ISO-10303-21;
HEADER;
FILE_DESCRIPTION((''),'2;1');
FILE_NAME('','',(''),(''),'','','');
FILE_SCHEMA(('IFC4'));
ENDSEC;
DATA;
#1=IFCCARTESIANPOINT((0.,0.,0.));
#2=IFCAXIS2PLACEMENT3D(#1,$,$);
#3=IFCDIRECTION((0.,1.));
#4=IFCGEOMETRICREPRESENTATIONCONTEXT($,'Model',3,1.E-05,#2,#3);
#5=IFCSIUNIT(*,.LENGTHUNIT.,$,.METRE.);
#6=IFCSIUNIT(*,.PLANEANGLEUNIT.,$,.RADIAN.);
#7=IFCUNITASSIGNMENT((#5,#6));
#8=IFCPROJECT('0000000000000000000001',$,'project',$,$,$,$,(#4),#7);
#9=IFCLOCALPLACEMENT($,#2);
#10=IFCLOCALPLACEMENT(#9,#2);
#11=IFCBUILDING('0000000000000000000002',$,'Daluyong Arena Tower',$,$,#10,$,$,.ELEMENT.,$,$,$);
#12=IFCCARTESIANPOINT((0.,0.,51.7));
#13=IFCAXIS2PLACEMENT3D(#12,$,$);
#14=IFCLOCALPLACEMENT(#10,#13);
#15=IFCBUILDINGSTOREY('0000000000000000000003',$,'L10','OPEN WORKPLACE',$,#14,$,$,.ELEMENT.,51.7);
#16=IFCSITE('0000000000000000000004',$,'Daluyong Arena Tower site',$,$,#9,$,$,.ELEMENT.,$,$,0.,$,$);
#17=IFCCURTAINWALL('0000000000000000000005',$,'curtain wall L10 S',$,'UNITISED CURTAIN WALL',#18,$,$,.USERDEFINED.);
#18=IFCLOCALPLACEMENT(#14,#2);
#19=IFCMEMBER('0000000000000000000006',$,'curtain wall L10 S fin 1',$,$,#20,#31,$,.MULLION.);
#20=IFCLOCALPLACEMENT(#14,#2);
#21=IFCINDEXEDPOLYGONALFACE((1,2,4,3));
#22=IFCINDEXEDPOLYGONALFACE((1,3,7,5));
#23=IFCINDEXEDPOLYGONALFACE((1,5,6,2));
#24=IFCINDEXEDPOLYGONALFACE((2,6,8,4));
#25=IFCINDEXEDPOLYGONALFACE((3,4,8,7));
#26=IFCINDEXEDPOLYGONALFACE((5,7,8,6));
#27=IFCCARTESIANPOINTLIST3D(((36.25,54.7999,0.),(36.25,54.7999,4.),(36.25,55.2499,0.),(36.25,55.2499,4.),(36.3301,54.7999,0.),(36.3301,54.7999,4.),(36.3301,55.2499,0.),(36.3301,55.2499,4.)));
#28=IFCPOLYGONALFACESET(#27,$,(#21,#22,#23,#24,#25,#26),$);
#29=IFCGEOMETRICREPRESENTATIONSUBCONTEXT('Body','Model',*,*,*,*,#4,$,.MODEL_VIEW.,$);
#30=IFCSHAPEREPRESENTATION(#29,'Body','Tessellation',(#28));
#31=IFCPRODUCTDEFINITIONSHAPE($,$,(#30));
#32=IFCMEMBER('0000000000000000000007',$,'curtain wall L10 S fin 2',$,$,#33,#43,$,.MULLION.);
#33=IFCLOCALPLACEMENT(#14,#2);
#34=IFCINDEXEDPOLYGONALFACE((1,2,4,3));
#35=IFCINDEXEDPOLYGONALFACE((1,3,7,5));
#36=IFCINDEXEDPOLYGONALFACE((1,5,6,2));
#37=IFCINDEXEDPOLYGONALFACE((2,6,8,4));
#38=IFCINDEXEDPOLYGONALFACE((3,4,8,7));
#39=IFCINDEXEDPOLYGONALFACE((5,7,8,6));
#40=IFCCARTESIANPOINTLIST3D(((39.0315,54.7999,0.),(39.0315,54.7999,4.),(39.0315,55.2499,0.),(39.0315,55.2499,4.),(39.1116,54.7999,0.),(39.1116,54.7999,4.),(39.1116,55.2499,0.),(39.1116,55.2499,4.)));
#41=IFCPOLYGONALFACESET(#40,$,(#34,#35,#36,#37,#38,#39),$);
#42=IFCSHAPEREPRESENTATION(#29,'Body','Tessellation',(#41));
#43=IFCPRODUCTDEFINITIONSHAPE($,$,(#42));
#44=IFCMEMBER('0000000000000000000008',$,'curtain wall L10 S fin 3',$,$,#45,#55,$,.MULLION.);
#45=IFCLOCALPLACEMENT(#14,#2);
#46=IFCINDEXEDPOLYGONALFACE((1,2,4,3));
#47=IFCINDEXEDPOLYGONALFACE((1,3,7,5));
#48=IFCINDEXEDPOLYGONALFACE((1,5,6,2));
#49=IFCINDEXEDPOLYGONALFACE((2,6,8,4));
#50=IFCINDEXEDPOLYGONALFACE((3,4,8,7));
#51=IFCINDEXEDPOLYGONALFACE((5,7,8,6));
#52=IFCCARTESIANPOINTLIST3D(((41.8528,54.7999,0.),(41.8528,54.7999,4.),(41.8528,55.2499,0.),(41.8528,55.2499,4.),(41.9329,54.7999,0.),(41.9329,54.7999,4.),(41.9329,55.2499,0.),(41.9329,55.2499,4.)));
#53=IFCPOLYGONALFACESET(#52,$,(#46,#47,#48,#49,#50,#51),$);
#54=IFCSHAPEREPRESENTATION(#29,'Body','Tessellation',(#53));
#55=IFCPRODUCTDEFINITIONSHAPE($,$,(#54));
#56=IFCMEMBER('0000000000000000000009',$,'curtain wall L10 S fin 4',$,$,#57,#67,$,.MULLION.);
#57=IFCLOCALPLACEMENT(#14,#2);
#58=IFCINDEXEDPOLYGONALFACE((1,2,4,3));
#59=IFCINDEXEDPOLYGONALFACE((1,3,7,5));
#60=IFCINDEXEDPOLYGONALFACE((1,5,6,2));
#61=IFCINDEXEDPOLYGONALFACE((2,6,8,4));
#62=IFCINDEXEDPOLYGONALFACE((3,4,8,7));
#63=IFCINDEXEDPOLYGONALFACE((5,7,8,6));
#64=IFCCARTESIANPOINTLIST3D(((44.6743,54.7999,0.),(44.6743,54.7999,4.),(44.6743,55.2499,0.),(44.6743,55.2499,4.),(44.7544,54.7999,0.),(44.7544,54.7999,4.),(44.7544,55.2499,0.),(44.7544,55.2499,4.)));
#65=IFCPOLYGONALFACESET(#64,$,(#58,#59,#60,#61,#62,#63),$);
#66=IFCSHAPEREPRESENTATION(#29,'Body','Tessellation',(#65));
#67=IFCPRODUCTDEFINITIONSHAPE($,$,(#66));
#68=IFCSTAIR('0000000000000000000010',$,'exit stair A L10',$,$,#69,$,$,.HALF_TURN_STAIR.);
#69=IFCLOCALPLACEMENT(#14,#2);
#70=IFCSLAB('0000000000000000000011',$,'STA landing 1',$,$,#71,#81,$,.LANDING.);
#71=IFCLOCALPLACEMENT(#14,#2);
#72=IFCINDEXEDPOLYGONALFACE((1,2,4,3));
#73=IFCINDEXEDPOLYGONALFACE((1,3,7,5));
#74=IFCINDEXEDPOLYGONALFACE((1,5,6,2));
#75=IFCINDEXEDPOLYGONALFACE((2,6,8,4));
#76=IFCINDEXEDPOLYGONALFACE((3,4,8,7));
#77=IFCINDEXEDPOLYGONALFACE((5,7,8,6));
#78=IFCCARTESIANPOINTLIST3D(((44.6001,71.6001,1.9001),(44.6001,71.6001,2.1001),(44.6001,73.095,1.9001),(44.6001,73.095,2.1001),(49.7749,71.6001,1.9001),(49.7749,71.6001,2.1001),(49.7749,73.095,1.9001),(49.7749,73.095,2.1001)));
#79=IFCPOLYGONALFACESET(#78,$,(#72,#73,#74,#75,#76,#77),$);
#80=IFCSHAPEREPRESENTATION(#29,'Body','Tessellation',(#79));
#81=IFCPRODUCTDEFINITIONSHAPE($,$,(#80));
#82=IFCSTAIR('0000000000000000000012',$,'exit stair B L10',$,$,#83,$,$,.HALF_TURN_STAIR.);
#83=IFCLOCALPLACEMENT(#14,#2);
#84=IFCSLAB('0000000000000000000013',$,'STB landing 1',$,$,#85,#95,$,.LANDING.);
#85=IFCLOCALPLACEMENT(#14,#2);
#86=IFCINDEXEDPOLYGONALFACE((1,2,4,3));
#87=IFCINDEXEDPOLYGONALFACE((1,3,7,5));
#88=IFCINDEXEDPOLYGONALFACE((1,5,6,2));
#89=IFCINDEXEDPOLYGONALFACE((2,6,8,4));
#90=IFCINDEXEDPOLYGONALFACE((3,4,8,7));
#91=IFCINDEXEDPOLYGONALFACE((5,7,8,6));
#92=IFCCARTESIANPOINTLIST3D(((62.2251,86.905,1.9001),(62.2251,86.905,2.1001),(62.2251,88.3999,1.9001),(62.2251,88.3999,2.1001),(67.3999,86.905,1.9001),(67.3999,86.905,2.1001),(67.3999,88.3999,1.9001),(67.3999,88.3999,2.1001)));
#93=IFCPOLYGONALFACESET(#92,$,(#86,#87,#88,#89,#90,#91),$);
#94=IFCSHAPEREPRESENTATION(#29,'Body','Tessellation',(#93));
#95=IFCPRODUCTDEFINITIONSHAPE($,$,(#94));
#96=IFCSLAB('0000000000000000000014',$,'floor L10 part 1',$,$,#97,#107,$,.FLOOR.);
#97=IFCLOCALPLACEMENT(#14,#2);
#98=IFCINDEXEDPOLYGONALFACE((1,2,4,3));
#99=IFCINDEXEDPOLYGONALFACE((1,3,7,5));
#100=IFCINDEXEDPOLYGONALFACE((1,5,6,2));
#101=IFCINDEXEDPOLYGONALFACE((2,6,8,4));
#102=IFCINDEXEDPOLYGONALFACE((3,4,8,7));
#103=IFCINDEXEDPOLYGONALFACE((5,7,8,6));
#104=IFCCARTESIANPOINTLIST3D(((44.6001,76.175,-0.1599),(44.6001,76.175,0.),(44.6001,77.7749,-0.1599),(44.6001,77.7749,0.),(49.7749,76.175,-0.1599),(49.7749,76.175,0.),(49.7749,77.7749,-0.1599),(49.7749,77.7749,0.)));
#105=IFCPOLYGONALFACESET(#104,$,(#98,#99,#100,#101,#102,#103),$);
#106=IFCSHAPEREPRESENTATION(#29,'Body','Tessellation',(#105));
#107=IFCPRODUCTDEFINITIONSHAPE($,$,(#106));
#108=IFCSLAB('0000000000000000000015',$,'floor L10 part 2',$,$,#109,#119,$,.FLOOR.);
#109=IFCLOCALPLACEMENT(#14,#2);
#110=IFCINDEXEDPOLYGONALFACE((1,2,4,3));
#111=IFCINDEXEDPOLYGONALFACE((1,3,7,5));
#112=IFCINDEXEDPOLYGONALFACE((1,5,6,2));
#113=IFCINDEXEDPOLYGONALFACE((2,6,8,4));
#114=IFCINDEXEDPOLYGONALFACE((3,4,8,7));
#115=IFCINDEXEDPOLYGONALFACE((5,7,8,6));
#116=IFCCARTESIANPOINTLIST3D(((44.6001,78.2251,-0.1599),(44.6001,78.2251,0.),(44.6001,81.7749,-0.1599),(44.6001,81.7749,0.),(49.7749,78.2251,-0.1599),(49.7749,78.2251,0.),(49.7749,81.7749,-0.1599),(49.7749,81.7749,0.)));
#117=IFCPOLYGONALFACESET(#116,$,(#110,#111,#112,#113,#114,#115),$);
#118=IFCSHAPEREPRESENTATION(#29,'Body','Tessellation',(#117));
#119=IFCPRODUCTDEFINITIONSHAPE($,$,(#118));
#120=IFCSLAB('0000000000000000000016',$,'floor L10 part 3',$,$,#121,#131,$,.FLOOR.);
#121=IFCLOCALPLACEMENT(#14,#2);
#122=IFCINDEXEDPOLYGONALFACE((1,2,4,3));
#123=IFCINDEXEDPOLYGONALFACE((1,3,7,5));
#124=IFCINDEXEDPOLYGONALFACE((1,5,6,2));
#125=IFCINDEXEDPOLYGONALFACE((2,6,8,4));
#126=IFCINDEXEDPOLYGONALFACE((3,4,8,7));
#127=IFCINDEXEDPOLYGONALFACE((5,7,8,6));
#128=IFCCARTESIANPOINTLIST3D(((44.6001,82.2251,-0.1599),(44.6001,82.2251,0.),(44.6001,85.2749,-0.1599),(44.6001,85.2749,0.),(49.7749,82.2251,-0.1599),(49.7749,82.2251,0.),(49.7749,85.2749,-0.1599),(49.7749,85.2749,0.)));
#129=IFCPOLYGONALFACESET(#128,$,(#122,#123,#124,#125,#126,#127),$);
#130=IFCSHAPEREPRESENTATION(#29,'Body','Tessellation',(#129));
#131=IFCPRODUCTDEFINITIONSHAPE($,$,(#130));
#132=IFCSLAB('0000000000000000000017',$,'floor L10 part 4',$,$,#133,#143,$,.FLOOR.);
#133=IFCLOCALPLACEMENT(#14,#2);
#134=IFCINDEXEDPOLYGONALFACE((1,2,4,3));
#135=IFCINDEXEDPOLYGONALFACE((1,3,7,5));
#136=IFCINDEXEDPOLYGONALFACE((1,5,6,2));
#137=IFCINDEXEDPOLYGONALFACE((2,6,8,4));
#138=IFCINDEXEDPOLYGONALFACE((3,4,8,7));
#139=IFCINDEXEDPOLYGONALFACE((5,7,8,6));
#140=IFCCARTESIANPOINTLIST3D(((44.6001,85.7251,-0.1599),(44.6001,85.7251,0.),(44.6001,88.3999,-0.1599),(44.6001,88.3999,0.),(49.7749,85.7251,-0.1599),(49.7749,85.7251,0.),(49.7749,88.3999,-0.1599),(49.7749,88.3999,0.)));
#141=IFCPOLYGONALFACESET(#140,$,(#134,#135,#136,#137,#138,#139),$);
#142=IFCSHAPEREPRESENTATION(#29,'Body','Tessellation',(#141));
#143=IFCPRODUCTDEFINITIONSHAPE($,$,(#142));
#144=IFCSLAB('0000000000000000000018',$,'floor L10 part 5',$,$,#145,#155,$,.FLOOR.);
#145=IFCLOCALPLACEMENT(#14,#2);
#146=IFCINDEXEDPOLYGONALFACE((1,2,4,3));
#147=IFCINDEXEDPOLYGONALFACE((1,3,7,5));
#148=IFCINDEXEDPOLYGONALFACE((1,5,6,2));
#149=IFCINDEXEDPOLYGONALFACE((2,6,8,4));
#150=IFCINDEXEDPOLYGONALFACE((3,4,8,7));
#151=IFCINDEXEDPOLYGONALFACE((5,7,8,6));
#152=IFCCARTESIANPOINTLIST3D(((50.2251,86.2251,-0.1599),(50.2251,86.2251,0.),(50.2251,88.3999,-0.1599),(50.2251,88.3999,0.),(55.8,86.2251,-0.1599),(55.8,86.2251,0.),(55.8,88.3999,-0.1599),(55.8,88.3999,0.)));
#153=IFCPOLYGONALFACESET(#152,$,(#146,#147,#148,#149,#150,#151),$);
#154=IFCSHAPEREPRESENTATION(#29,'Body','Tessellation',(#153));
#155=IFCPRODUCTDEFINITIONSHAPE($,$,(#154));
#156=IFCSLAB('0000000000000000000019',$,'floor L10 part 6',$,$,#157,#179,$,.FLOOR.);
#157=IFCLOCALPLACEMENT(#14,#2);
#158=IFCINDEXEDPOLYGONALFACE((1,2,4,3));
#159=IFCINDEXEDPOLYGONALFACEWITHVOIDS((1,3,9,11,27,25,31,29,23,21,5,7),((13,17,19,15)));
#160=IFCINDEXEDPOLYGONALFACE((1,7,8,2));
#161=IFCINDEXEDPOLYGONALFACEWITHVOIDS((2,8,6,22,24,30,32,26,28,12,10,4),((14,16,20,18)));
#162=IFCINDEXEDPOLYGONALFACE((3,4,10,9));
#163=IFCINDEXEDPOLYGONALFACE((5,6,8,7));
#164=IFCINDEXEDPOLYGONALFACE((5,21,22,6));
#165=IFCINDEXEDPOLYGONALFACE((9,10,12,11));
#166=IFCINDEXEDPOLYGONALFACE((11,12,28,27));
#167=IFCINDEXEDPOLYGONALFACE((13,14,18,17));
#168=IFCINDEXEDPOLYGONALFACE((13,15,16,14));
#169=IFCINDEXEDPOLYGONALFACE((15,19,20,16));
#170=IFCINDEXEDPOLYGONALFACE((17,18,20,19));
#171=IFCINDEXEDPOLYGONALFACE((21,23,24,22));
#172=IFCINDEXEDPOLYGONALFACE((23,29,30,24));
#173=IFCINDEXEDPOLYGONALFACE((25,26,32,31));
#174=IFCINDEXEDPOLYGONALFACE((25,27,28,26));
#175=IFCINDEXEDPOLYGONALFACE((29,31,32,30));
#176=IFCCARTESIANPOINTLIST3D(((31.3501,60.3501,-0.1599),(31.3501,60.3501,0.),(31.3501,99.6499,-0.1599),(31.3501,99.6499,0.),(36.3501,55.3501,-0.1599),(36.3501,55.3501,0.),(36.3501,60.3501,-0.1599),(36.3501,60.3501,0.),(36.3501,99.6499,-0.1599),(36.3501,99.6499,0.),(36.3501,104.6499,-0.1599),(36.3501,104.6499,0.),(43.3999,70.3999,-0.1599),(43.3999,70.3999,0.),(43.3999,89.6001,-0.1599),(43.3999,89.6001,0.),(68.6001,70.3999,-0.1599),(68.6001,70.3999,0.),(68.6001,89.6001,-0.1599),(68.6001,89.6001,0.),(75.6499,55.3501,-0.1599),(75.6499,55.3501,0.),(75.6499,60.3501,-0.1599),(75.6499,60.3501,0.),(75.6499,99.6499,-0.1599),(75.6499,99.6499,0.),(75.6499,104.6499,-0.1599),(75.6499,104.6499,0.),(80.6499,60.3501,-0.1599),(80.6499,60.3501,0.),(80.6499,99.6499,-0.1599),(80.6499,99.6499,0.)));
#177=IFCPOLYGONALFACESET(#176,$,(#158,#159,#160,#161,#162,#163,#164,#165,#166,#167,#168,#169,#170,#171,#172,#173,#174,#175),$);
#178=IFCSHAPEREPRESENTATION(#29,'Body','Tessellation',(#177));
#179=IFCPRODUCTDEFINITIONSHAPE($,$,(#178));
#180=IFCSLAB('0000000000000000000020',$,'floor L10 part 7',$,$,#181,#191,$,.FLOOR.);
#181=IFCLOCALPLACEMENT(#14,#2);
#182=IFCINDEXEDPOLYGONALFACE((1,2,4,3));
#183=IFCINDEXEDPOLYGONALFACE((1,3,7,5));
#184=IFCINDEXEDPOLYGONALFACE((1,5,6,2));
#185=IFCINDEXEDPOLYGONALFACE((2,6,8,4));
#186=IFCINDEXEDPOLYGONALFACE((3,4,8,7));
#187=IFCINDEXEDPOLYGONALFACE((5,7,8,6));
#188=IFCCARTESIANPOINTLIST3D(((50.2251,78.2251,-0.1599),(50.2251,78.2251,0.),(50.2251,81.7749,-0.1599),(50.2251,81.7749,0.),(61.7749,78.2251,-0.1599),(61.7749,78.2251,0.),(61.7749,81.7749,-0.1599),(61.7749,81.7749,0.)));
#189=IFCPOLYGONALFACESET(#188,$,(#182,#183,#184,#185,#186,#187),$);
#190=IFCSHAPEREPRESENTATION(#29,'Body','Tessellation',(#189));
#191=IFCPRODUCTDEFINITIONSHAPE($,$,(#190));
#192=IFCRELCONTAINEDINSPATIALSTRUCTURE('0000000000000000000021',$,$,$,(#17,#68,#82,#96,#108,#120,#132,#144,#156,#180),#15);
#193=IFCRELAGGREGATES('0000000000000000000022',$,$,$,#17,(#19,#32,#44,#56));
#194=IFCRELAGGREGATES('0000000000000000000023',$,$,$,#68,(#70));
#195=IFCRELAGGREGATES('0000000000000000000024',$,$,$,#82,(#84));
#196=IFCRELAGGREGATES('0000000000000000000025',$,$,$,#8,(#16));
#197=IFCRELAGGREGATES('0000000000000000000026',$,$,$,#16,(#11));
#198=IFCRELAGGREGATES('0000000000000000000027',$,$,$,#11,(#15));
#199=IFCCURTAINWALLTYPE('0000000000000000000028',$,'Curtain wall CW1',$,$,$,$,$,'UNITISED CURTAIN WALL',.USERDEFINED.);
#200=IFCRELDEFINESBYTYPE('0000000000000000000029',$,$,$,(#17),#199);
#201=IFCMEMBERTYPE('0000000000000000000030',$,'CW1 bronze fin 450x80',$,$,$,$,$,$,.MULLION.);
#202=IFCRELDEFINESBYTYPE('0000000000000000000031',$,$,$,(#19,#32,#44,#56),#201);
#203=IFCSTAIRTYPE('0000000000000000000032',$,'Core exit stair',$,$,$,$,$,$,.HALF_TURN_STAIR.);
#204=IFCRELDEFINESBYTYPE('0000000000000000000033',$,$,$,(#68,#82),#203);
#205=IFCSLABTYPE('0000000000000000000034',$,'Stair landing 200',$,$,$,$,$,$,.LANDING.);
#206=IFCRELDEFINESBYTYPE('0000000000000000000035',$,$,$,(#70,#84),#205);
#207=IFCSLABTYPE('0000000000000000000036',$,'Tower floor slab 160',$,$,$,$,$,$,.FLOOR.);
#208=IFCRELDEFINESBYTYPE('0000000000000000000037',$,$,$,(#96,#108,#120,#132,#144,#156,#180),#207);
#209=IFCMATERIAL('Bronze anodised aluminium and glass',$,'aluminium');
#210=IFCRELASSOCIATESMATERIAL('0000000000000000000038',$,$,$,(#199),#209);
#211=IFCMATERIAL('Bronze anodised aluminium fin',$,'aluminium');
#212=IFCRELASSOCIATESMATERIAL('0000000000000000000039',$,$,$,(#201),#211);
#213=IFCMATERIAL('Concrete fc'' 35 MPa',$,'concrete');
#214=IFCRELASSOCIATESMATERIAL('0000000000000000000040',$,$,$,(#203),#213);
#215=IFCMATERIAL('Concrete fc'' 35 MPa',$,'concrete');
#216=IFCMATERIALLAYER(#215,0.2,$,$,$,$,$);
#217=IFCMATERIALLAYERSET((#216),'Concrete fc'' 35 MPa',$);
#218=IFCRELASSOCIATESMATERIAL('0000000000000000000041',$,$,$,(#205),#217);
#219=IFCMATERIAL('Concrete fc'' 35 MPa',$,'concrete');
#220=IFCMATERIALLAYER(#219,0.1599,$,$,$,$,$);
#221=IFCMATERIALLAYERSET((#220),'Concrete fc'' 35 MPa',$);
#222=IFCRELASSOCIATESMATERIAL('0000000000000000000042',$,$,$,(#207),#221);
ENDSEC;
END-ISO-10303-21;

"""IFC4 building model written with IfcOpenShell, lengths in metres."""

from ifc_helpers import new_model, si_unit, direction, frame, origin, origin_2d, place, context, subcontext, project, spatial, polyline, rectangle, outline, extrude, material, layer, layer_set, material_profile, profile_set, type_object, element, aggregate, save


model = new_model("IFC4")

# Units and contexts
model_context = context("Model", 3, precision=1e-05, world=origin(), true_north=direction((0.0, 1.0)))
body_context = subcontext(model_context, "Body", "Model", "MODEL_VIEW")
ifc_project = project(units=[si_unit("LENGTHUNIT", "METRE"), si_unit("PLANEANGLEUNIT", "RADIAN")], contexts=[model_context])

# Site, building, storey
site_placement = place(None, origin())
site = spatial("IfcSite", under=ifc_project, at=site_placement, Name="Daluyong Arena Tower site", CompositionType="ELEMENT", RefElevation=0.0)
building_placement = place(site_placement, origin())
building = spatial("IfcBuilding", under=site, at=building_placement, Name="Daluyong Arena Tower", CompositionType="ELEMENT")
storey_placement = place(building_placement, frame((0.0, 0.0, 51.7)))
storey = spatial("IfcBuildingStorey", under=building, at=storey_placement, Name="L10", Description="OPEN WORKPLACE", CompositionType="ELEMENT", Elevation=51.7)

# Curtain wall, members
ifc_material_1 = material(Name="Bronze anodised aluminium and glass", Category="aluminium")
curtain_wall_type = type_object("IfcCurtainWallType", Name="Curtain wall CW1", ElementType="UNITISED CURTAIN WALL", PredefinedType="USERDEFINED", material=ifc_material_1)
curtain_wall_placement = place(storey_placement, origin())
curtain_wall = element("IfcCurtainWall", 1, at=curtain_wall_placement, inside=storey, type_object=curtain_wall_type, Name="curtain wall L10 S", ObjectType="UNITISED CURTAIN WALL", PredefinedType="USERDEFINED")
ifc_material_2 = material(Name="Bronze anodised aluminium fin", Category="aluminium")
ifc_material_profile = material_profile(ifc_material_2, rectangle(XDim=0.45, YDim=0.0801, at=origin_2d()))
ifc_profile_set = profile_set([ifc_material_profile], Name="Bronze anodised aluminium fin")
member_type = type_object("IfcMemberType", Name="CW1 bronze fin 450x80", PredefinedType="MULLION", material=ifc_profile_set)
member_1_placement = place(storey_placement, frame((36.29, 55.0249, 0.0), z_axis=(0.0, 0.0, 1.0), x_axis=(0.0, 1.0, 0.0)))
member_1 = element("IfcMember", 2, at=member_1_placement, type_object=member_type, Name="curtain wall L10 S fin 1", PredefinedType="MULLION", context=body_context, shape_type="SweptSolid", body=[
    extrude(rectangle(XDim=0.45, YDim=0.0801, at=origin_2d()), origin(), (0.0, 0.0, 1.0), 4.0),
])
member_2_placement = place(storey_placement, frame((39.0715, 55.0249, 0.0), z_axis=(0.0, 0.0, 1.0), x_axis=(0.0, 1.0, 0.0)))
member_2 = element("IfcMember", 3, at=member_2_placement, type_object=member_type, Name="curtain wall L10 S fin 2", PredefinedType="MULLION", context=body_context, shape_type="SweptSolid", body=[
    extrude(rectangle(XDim=0.45, YDim=0.0801, at=origin_2d()), origin(), (0.0, 0.0, 1.0), 4.0),
])
member_3_placement = place(storey_placement, frame((41.8928, 55.0249, 0.0), z_axis=(0.0, 0.0, 1.0), x_axis=(0.0, 1.0, 0.0)))
member_3 = element("IfcMember", 4, at=member_3_placement, type_object=member_type, Name="curtain wall L10 S fin 3", PredefinedType="MULLION", context=body_context, shape_type="SweptSolid", body=[
    extrude(rectangle(XDim=0.45, YDim=0.0801, at=origin_2d()), origin(), (0.0, 0.0, 1.0), 4.0),
])
member_4_placement = place(storey_placement, frame((44.7144, 55.0249, 0.0), z_axis=(0.0, 0.0, 1.0), x_axis=(0.0, 1.0, 0.0)))
member_4 = element("IfcMember", 5, at=member_4_placement, type_object=member_type, Name="curtain wall L10 S fin 4", PredefinedType="MULLION", context=body_context, shape_type="SweptSolid", body=[
    extrude(rectangle(XDim=0.45, YDim=0.0801, at=origin_2d()), origin(), (0.0, 0.0, 1.0), 4.0),
])
aggregate(curtain_wall, [member_1, member_2, member_3, member_4])

# Stairs, slabs
ifc_material_3 = material(Name="Concrete fc' 35 MPa", Category="concrete")
stair_type = type_object("IfcStairType", Name="Core exit stair", PredefinedType="HALF_TURN_STAIR", material=ifc_material_3)
stair_1_placement = place(storey_placement, origin())
stair_1 = element("IfcStair", 6, at=stair_1_placement, inside=storey, type_object=stair_type, Name="exit stair A L10", PredefinedType="HALF_TURN_STAIR")
ifc_material_4 = material(Name="Concrete fc' 35 MPa", Category="concrete")
ifc_layer_1 = layer(ifc_material_4, 0.2)
ifc_layer_set_1 = layer_set([ifc_layer_1], Name="Concrete fc' 35 MPa")
slab_type_1 = type_object("IfcSlabType", Name="Stair landing 200", PredefinedType="LANDING", material=ifc_layer_set_1)
slab_1_placement = place(storey_placement, frame((0.0, 0.0, 1.9001)))
slab_1 = element("IfcSlab", 7, at=slab_1_placement, type_object=slab_type_1, Name="STA landing 1", PredefinedType="LANDING", context=body_context, shape_type="SweptSolid", body=[
    extrude(outline(polyline([(44.6001, 71.6001), (49.7749, 71.6001), (49.7749, 73.095), (44.6001, 73.095), (44.6001, 71.6001)])), origin(), (0.0, 0.0, 1.0), 0.2),
])
aggregate(stair_1, [slab_1])
stair_2_placement = place(storey_placement, origin())
stair_2 = element("IfcStair", 8, at=stair_2_placement, inside=storey, type_object=stair_type, Name="exit stair B L10", PredefinedType="HALF_TURN_STAIR")
slab_2_placement = place(storey_placement, frame((0.0, 0.0, 1.9001)))
slab_2 = element("IfcSlab", 9, at=slab_2_placement, type_object=slab_type_1, Name="STB landing 1", PredefinedType="LANDING", context=body_context, shape_type="SweptSolid", body=[
    extrude(outline(polyline([(62.2251, 86.905), (67.3999, 86.905), (67.3999, 88.3999), (62.2251, 88.3999), (62.2251, 86.905)])), origin(), (0.0, 0.0, 1.0), 0.2),
])
aggregate(stair_2, [slab_2])

# Slabs
ifc_material_5 = material(Name="Concrete fc' 35 MPa", Category="concrete")
ifc_layer_2 = layer(ifc_material_5, 0.1599)
ifc_layer_set_2 = layer_set([ifc_layer_2], Name="Concrete fc' 35 MPa")
slab_type_2 = type_object("IfcSlabType", Name="Tower floor slab 160", PredefinedType="FLOOR", material=ifc_layer_set_2)
slab_3_placement = place(storey_placement, frame((0.0, 0.0, -0.1599)))
element("IfcSlab", 10, at=slab_3_placement, inside=storey, type_object=slab_type_2, Name="floor L10 part 1", PredefinedType="FLOOR", context=body_context, shape_type="SweptSolid", body=[
    extrude(outline(polyline([(49.7749, 76.175), (49.7749, 77.7749), (44.6001, 77.7749), (44.6001, 76.175), (49.7749, 76.175)])), origin(), (0.0, 0.0, 1.0), 0.1599),
])
slab_4_placement = place(storey_placement, frame((0.0, 0.0, -0.1599)))
element("IfcSlab", 11, at=slab_4_placement, inside=storey, type_object=slab_type_2, Name="floor L10 part 2", PredefinedType="FLOOR", context=body_context, shape_type="SweptSolid", body=[
    extrude(outline(polyline([(49.7749, 78.2251), (49.7749, 81.7749), (44.6001, 81.7749), (44.6001, 78.2251), (49.7749, 78.2251)])), origin(), (0.0, 0.0, 1.0), 0.1599),
])
slab_5_placement = place(storey_placement, frame((0.0, 0.0, -0.1599)))
element("IfcSlab", 12, at=slab_5_placement, inside=storey, type_object=slab_type_2, Name="floor L10 part 3", PredefinedType="FLOOR", context=body_context, shape_type="SweptSolid", body=[
    extrude(outline(polyline([(49.7749, 82.2251), (49.7749, 85.2749), (44.6001, 85.2749), (44.6001, 82.2251), (49.7749, 82.2251)])), origin(), (0.0, 0.0, 1.0), 0.1599),
])
slab_6_placement = place(storey_placement, frame((0.0, 0.0, -0.1599)))
element("IfcSlab", 13, at=slab_6_placement, inside=storey, type_object=slab_type_2, Name="floor L10 part 4", PredefinedType="FLOOR", context=body_context, shape_type="SweptSolid", body=[
    extrude(outline(polyline([(44.6001, 88.3999), (44.6001, 85.7251), (49.7749, 85.7251), (49.7749, 88.3999), (44.6001, 88.3999)])), origin(), (0.0, 0.0, 1.0), 0.1599),
])
slab_7_placement = place(storey_placement, frame((0.0, 0.0, -0.1599)))
element("IfcSlab", 14, at=slab_7_placement, inside=storey, type_object=slab_type_2, Name="floor L10 part 5", PredefinedType="FLOOR", context=body_context, shape_type="SweptSolid", body=[
    extrude(outline(polyline([(50.2251, 88.3999), (50.2251, 86.2251), (55.8, 86.2251), (55.8, 88.3999), (50.2251, 88.3999)])), origin(), (0.0, 0.0, 1.0), 0.1599),
])
slab_8_placement = place(storey_placement, frame((0.0, 0.0, -0.1599)))
element("IfcSlab", 15, at=slab_8_placement, inside=storey, type_object=slab_type_2, Name="floor L10 part 6", PredefinedType="FLOOR", context=body_context, shape_type="SweptSolid", body=[
    extrude(outline(polyline([(36.3501, 60.3501), (36.3501, 55.3501), (75.6499, 55.3501), (75.6499, 60.3501), (80.6499, 60.3501), (80.6499, 99.6499), (75.6499, 99.6499), (75.6499, 104.6499), (36.3501, 104.6499), (36.3501, 99.6499), (31.3501, 99.6499), (31.3501, 60.3501), (36.3501, 60.3501)]), holes=[polyline([(68.6001, 89.6001), (68.6001, 70.3999), (43.3999, 70.3999), (43.3999, 89.6001), (68.6001, 89.6001)])]), origin(), (0.0, 0.0, 1.0), 0.1599),
])
slab_9_placement = place(storey_placement, frame((0.0, 0.0, -0.1599)))
element("IfcSlab", 16, at=slab_9_placement, inside=storey, type_object=slab_type_2, Name="floor L10 part 7", PredefinedType="FLOOR", context=body_context, shape_type="SweptSolid", body=[
    extrude(outline(polyline([(61.7749, 81.7749), (50.2251, 81.7749), (50.2251, 78.2251), (61.7749, 78.2251), (61.7749, 81.7749)])), origin(), (0.0, 0.0, 1.0), 0.1599),
])

save(model, "model.ifc")
